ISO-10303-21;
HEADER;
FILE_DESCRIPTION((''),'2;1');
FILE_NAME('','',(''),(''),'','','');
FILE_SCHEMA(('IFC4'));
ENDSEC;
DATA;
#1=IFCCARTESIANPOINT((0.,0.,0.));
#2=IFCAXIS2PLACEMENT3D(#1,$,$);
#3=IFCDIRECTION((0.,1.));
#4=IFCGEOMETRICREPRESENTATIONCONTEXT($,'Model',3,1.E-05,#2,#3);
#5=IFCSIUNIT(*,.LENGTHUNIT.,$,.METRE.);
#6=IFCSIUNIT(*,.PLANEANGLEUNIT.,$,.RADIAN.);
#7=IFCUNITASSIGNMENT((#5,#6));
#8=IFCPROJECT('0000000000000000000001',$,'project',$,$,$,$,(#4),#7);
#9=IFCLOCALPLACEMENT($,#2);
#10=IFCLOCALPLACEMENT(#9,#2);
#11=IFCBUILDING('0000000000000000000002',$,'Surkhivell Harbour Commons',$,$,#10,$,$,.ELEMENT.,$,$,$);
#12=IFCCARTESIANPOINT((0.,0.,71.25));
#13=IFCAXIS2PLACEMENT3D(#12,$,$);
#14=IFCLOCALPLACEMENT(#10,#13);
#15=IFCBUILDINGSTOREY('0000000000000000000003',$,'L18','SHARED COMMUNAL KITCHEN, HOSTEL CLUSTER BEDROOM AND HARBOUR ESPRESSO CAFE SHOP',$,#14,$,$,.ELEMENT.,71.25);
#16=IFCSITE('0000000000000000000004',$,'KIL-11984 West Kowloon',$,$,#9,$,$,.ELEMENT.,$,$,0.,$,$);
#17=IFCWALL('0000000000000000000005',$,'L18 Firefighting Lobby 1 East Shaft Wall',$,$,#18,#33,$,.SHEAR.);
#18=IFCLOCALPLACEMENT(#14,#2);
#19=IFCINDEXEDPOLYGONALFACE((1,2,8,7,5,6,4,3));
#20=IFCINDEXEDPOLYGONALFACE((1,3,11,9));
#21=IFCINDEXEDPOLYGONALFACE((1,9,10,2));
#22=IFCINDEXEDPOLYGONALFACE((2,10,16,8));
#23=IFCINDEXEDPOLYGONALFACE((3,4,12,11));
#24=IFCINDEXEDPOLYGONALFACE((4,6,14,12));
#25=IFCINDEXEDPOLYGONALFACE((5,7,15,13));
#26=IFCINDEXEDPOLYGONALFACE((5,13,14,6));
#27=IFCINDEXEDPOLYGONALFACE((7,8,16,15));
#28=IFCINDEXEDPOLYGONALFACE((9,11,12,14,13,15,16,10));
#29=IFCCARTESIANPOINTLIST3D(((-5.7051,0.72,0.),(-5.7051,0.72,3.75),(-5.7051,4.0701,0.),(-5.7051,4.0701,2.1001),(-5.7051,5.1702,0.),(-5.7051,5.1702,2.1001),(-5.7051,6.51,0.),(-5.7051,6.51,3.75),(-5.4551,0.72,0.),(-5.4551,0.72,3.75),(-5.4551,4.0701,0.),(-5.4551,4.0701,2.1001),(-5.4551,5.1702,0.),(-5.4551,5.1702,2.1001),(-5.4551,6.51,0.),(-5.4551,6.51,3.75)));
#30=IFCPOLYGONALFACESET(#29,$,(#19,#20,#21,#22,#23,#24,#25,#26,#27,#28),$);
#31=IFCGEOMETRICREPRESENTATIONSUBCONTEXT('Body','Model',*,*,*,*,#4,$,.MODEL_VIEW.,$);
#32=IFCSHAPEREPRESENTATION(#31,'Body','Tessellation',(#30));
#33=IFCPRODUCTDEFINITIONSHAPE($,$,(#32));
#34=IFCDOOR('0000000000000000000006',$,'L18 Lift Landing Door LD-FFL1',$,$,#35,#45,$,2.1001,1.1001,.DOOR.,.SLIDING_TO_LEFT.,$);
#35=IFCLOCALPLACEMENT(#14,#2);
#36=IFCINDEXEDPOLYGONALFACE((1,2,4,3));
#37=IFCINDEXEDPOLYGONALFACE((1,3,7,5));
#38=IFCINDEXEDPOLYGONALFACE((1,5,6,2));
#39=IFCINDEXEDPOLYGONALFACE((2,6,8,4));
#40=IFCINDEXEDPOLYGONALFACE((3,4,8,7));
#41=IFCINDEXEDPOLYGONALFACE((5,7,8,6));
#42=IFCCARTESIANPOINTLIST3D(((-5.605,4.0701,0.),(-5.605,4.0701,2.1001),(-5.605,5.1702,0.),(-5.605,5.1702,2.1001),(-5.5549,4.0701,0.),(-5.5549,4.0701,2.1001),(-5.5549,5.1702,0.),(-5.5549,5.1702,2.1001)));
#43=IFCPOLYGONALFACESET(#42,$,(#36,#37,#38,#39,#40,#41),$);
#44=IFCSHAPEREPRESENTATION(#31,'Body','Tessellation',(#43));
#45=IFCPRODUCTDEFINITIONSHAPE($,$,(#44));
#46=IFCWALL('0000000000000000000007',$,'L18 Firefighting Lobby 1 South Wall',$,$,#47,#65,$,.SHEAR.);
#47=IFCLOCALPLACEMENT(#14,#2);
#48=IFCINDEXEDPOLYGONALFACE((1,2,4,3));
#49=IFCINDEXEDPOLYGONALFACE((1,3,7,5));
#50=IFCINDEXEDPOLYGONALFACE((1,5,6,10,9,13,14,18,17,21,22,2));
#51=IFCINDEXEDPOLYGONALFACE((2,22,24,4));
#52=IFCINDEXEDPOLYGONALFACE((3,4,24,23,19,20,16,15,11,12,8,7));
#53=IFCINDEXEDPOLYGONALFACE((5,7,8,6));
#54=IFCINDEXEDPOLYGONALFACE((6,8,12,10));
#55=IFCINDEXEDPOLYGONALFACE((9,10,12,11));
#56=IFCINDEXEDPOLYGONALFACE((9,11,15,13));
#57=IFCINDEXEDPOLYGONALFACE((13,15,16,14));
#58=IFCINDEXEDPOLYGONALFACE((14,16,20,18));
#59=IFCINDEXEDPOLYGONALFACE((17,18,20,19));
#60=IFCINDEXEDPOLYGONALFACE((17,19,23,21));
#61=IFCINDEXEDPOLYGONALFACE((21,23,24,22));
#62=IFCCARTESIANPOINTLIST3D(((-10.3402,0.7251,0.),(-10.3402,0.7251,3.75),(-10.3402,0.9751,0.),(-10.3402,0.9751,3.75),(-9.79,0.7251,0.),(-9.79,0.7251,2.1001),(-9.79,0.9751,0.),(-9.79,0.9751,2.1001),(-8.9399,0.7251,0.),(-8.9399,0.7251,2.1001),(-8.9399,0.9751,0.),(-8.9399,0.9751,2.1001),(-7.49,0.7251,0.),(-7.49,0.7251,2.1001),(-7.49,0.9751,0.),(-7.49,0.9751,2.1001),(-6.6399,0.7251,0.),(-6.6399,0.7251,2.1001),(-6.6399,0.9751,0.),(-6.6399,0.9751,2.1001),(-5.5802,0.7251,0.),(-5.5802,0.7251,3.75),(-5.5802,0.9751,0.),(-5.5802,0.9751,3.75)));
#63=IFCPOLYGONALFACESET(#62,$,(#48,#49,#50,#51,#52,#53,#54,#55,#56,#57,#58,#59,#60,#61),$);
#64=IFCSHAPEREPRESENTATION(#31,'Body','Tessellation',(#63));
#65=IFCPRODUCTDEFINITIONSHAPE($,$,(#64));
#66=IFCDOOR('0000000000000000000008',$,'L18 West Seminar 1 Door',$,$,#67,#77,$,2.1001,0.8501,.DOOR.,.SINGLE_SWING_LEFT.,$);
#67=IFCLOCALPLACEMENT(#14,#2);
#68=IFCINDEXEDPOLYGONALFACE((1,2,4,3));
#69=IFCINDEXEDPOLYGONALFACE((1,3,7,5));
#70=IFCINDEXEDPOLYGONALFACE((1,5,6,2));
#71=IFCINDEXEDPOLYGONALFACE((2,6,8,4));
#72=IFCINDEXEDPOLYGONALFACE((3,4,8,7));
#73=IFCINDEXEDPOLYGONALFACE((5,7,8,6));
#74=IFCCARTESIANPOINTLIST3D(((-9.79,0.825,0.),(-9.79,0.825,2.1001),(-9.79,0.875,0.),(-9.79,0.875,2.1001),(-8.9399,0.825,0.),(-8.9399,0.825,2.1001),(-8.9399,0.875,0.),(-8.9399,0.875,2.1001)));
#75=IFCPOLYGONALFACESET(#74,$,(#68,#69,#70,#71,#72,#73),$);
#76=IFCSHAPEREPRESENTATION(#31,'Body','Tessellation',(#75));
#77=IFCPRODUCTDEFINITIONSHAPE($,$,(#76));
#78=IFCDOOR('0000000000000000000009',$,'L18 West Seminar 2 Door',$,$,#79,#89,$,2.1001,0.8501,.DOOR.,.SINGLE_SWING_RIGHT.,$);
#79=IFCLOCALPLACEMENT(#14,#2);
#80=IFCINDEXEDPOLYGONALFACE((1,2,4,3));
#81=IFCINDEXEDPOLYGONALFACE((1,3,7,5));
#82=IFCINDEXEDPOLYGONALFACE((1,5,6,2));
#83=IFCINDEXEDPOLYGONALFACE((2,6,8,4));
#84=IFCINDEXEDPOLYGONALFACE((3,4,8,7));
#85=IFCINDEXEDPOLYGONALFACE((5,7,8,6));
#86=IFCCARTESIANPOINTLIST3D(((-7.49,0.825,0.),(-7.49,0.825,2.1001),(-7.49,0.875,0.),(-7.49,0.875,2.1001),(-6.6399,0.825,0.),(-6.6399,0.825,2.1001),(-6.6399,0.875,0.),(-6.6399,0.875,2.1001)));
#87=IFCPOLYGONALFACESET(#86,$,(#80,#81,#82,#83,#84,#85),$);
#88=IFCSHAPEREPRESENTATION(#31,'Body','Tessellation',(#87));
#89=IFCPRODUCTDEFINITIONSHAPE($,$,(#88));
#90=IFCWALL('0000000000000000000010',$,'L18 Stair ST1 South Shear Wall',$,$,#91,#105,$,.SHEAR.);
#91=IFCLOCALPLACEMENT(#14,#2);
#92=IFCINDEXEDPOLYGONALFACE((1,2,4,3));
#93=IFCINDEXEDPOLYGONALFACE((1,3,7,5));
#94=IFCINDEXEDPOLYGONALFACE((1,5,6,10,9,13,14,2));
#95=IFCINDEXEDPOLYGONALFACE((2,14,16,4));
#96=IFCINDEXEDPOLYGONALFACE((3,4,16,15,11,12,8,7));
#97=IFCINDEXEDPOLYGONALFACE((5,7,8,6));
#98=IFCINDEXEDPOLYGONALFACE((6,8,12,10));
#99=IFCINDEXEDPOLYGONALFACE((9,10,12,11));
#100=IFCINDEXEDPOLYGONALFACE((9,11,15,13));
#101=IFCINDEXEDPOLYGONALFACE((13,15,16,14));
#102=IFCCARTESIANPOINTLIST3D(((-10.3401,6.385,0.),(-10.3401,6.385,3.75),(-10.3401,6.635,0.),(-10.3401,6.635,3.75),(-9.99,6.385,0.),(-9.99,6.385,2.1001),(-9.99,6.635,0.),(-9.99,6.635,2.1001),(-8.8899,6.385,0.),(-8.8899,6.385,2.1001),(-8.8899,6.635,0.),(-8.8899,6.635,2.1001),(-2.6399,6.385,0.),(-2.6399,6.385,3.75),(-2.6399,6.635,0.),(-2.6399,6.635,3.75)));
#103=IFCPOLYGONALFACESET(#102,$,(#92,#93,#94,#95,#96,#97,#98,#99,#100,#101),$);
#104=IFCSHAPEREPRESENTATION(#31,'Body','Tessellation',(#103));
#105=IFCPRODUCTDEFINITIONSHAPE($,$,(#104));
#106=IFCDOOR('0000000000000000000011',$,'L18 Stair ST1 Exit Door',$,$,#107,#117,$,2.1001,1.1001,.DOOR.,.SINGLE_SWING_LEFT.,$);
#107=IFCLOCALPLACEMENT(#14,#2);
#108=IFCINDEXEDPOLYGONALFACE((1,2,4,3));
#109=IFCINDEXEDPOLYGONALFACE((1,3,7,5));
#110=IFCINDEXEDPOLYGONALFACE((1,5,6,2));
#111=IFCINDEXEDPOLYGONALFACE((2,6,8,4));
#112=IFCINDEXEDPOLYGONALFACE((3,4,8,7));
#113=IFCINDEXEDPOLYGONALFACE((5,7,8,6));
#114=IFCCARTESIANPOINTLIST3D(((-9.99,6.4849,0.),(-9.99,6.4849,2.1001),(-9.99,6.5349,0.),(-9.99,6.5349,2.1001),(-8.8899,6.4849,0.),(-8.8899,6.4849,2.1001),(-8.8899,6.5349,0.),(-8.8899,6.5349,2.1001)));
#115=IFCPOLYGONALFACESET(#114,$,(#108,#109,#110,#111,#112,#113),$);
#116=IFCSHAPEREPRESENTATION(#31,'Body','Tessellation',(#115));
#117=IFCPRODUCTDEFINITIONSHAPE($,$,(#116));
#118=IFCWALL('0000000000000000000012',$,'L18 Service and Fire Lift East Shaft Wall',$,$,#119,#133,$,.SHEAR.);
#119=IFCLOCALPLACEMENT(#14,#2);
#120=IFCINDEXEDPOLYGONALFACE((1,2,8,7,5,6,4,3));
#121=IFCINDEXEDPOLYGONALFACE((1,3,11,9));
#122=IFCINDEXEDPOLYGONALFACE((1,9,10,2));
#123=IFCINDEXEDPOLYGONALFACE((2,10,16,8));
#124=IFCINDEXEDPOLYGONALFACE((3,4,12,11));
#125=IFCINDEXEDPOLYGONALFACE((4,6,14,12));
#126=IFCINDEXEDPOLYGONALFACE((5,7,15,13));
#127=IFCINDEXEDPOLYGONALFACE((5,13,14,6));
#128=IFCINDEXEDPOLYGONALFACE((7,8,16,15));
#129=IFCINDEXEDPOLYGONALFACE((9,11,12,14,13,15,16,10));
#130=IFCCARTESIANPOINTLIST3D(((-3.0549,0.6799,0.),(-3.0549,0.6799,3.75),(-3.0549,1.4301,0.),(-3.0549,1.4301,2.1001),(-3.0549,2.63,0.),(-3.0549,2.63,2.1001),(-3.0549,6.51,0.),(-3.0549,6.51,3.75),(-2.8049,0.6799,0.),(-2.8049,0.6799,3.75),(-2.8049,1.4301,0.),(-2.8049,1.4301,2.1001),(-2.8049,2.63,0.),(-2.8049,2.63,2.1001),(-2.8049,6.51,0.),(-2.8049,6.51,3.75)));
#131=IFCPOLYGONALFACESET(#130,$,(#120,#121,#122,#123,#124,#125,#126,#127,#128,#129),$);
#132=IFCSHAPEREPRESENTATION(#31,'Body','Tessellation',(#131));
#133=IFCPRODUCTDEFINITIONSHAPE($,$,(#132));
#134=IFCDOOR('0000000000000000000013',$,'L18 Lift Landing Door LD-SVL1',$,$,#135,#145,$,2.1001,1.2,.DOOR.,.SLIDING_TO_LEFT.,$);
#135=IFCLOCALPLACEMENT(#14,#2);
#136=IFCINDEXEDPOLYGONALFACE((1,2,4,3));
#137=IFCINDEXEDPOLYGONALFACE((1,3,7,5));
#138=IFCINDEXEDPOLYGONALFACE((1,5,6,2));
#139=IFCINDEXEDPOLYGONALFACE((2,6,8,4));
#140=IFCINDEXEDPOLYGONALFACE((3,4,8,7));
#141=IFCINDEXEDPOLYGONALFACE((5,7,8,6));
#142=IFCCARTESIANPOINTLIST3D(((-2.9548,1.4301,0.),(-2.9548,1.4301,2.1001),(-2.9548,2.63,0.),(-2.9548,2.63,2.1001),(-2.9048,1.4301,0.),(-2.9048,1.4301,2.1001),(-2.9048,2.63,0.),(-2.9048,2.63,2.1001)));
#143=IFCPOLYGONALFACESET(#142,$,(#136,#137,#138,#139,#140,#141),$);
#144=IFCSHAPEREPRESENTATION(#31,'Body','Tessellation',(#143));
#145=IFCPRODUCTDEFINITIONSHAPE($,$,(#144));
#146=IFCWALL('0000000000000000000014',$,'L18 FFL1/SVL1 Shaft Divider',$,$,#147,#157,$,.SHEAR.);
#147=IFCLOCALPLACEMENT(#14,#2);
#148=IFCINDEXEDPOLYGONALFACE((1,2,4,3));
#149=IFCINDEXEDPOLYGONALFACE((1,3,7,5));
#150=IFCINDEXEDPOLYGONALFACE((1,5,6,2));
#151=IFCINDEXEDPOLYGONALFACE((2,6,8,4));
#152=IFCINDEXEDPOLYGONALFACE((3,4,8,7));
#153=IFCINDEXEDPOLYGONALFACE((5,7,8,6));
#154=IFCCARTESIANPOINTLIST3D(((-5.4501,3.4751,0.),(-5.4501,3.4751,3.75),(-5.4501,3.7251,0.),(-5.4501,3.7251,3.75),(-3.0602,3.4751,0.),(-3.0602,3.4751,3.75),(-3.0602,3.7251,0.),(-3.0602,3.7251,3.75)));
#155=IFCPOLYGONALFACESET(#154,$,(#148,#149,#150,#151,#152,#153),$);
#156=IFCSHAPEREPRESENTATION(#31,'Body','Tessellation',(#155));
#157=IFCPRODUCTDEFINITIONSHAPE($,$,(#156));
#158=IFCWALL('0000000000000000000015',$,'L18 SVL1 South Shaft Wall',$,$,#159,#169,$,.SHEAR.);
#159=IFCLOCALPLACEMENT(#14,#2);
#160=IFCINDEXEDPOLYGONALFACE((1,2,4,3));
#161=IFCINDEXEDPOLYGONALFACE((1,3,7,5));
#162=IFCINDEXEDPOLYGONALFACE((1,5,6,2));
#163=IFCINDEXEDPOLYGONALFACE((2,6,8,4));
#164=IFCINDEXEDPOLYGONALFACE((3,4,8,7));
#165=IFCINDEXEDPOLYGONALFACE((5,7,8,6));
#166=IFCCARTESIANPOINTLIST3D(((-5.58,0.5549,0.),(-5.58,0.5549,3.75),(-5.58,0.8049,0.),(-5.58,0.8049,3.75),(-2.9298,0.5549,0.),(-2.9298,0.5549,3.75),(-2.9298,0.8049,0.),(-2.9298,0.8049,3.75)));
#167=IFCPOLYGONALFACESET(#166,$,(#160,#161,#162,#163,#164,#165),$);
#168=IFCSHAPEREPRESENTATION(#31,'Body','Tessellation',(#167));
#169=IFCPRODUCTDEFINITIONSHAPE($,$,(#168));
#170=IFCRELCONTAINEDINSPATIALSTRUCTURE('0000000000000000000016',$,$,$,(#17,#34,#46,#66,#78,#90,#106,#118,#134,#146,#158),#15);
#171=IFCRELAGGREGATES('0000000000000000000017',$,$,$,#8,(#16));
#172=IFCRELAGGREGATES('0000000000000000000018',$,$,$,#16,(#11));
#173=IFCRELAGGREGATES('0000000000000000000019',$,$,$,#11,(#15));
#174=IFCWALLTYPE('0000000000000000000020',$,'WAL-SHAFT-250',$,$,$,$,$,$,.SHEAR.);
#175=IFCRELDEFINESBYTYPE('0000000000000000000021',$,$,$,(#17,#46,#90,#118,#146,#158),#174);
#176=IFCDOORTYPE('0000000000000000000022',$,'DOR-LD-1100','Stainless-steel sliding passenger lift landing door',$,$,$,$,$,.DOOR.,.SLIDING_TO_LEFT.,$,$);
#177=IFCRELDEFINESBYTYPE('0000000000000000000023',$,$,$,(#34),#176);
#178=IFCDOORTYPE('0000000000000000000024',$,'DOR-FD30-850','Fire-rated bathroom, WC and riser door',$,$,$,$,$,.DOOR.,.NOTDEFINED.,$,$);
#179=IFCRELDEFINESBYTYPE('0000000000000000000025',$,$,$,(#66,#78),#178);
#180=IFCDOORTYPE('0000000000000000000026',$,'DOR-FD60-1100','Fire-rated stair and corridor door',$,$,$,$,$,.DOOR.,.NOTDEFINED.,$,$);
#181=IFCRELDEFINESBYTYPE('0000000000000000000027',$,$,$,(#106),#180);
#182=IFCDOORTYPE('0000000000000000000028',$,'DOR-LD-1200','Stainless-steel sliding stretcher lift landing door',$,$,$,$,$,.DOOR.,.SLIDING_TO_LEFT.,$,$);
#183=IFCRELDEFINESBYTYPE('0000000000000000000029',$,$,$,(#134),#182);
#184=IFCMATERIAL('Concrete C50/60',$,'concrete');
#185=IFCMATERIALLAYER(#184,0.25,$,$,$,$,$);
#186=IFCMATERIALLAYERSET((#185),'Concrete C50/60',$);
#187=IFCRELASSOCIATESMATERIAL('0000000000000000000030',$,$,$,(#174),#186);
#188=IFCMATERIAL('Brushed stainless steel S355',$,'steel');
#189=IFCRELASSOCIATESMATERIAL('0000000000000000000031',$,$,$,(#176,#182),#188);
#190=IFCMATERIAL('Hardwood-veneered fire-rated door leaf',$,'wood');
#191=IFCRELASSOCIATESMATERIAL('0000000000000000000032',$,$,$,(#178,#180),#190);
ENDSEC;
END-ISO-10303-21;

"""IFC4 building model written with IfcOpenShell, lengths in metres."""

from ifc_helpers import new_model, si_unit, direction, frame, frame_2d, origin, place, context, subcontext, project, spatial, rectangle, extrude, material, layer, layer_set, type_object, element, fill, save


model = new_model("IFC4")

# Units and contexts
model_context = context("Model", 3, precision=1e-05, world=origin(), true_north=direction((0.0, 1.0)))
body_context = subcontext(model_context, "Body", "Model", "MODEL_VIEW")
ifc_project = project(units=[si_unit("LENGTHUNIT", "METRE"), si_unit("PLANEANGLEUNIT", "RADIAN")], contexts=[model_context])

# Site, building, storey
site_placement = place(None, origin())
site = spatial("IfcSite", under=ifc_project, at=site_placement, Name="KIL-11984 West Kowloon", CompositionType="ELEMENT", RefElevation=0.0)
building_placement = place(site_placement, origin())
building = spatial("IfcBuilding", under=site, at=building_placement, Name="Surkhivell Harbour Commons", CompositionType="ELEMENT")
storey_placement = place(building_placement, frame((0.0, 0.0, 71.25)))
storey = spatial("IfcBuildingStorey", under=building, at=storey_placement, Name="L18", Description="SHARED COMMUNAL KITCHEN, HOSTEL CLUSTER BEDROOM AND HARBOUR ESPRESSO CAFE SHOP", CompositionType="ELEMENT", Elevation=71.25)

# Shared definitions
ifc_material_1 = material(Name="Hardwood-veneered fire-rated door leaf", Category="wood")

# Wall, opening, door
ifc_material_2 = material(Name="Concrete C50/60", Category="concrete")
ifc_layer_1 = layer(ifc_material_2, 0.25)
ifc_layer_set_1 = layer_set([ifc_layer_1], Name="Concrete C50/60")
wall_type_1 = type_object("IfcWallType", Name="WAL-SHAFT-250", PredefinedType="SHEAR", material=ifc_layer_set_1)
wall_1_placement = place(storey_placement, frame((-5.5801, 0.72, 0.0), z_axis=(0.0, 0.0, 1.0), x_axis=(0.0, 1.0, 0.0)))
wall_1 = element("IfcWall", 1, at=wall_1_placement, inside=storey, type_object=wall_type_1, Name="L18 Firefighting Lobby 1 East Shaft Wall", PredefinedType="SHEAR", context=body_context, shape_type="SweptSolid", body=[
    extrude(rectangle(XDim=5.79, YDim=0.25, at=frame_2d((2.895, 0.0))), origin(), (0.0, 0.0, 1.0), 3.75),
])
opening_1_placement = place(wall_1_placement, frame((3.3501, 0.0, 0.0)))
opening_1 = element("IfcOpeningElement", 2, at=opening_1_placement, cuts=wall_1, PredefinedType="OPENING", context=body_context, shape_type="SweptSolid", body=[
    extrude(rectangle(XDim=1.1001, YDim=2.1001, at=frame_2d((0.55, 1.05))), frame((0.0, 0.135, 0.0), z_axis=(0.0, -1.0, 0.0), x_axis=(1.0, 0.0, 0.0)), (0.0, 0.0, 1.0), 0.27),
])
ifc_material_3 = material(Name="Brushed stainless steel S355", Category="steel")
door_type_1 = type_object("IfcDoorType", Name="DOR-LD-1100", Description="Stainless-steel sliding passenger lift landing door", OperationType="SLIDING_TO_LEFT", PredefinedType="DOOR", material=ifc_material_3)
door_1_placement = place(opening_1_placement, origin())
door_1 = element("IfcDoor", 3, at=door_1_placement, inside=storey, type_object=door_type_1, Name="L18 Lift Landing Door LD-FFL1", OperationType="SLIDING_TO_LEFT", OverallHeight=2.1001, OverallWidth=1.1001, PredefinedType="DOOR", context=body_context, shape_type="SweptSolid", body=[
    extrude(rectangle(XDim=1.1001, YDim=2.1001, at=frame_2d((0.55, 1.05))), frame((0.0, 0.0249, 0.0), z_axis=(0.0, -1.0, 0.0), x_axis=(1.0, 0.0, 0.0)), (0.0, 0.0, 1.0), 0.05),
])
fill(opening_1, door_1)

# Wall, openings, doors
wall_2_placement = place(storey_placement, frame((-10.3401, 0.8501, 0.0), z_axis=(0.0, 0.0, 1.0), x_axis=(1.0, 0.0, 0.0)))
wall_2 = element("IfcWall", 4, at=wall_2_placement, inside=storey, type_object=wall_type_1, Name="L18 Firefighting Lobby 1 South Wall", PredefinedType="SHEAR", context=body_context, shape_type="SweptSolid", body=[
    extrude(rectangle(XDim=4.76, YDim=0.25, at=frame_2d((2.3799, 0.0))), origin(), (0.0, 0.0, 1.0), 3.75),
])
opening_2_placement = place(wall_2_placement, frame((0.55, 0.0, 0.0)))
opening_2 = element("IfcOpeningElement", 5, at=opening_2_placement, cuts=wall_2, PredefinedType="OPENING", context=body_context, shape_type="SweptSolid", body=[
    extrude(rectangle(XDim=0.8501, YDim=2.1001, at=frame_2d((0.425, 1.05))), frame((0.0, 0.135, 0.0), z_axis=(0.0, -1.0, 0.0), x_axis=(1.0, 0.0, 0.0)), (0.0, 0.0, 1.0), 0.27),
])
opening_3_placement = place(wall_2_placement, frame((2.8501, 0.0, 0.0)))
opening_3 = element("IfcOpeningElement", 6, at=opening_3_placement, cuts=wall_2, PredefinedType="OPENING", context=body_context, shape_type="SweptSolid", body=[
    extrude(rectangle(XDim=0.8501, YDim=2.1001, at=frame_2d((0.425, 1.05))), frame((0.0, 0.135, 0.0), z_axis=(0.0, -1.0, 0.0), x_axis=(1.0, 0.0, 0.0)), (0.0, 0.0, 1.0), 0.27),
])
door_type_2 = type_object("IfcDoorType", Name="DOR-FD30-850", Description="Fire-rated bathroom, WC and riser door", OperationType="NOTDEFINED", PredefinedType="DOOR", material=ifc_material_1)
door_2_placement = place(opening_2_placement, origin())
door_2 = element("IfcDoor", 7, at=door_2_placement, inside=storey, type_object=door_type_2, Name="L18 West Seminar 1 Door", OperationType="SINGLE_SWING_LEFT", OverallHeight=2.1001, OverallWidth=0.8501, PredefinedType="DOOR", context=body_context, shape_type="SweptSolid", body=[
    extrude(rectangle(XDim=0.8501, YDim=2.1001, at=frame_2d((0.425, 1.05))), frame((0.0, 0.0249, 0.0), z_axis=(0.0, -1.0, 0.0), x_axis=(1.0, 0.0, 0.0)), (0.0, 0.0, 1.0), 0.05),
])
fill(opening_2, door_2)
door_3_placement = place(opening_3_placement, origin())
door_3 = element("IfcDoor", 8, at=door_3_placement, inside=storey, type_object=door_type_2, Name="L18 West Seminar 2 Door", OperationType="SINGLE_SWING_RIGHT", OverallHeight=2.1001, OverallWidth=0.8501, PredefinedType="DOOR", context=body_context, shape_type="SweptSolid", body=[
    extrude(rectangle(XDim=0.8501, YDim=2.1001, at=frame_2d((0.425, 1.05))), frame((0.0, 0.0249, 0.0), z_axis=(0.0, -1.0, 0.0), x_axis=(1.0, 0.0, 0.0)), (0.0, 0.0, 1.0), 0.05),
])
fill(opening_3, door_3)

# Walls, openings, doors
wall_3_placement = place(storey_placement, frame((-10.3401, 6.51, 0.0), z_axis=(0.0, 0.0, 1.0), x_axis=(1.0, 0.0, 0.0)))
wall_3 = element("IfcWall", 9, at=wall_3_placement, inside=storey, type_object=wall_type_1, Name="L18 Stair ST1 South Shear Wall", PredefinedType="SHEAR", context=body_context, shape_type="SweptSolid", body=[
    extrude(rectangle(XDim=7.7002, YDim=0.25, at=frame_2d((3.8501, 0.0))), origin(), (0.0, 0.0, 1.0), 3.75),
])
opening_4_placement = place(wall_3_placement, frame((0.3501, 0.0, 0.0)))
opening_4 = element("IfcOpeningElement", 10, at=opening_4_placement, cuts=wall_3, PredefinedType="OPENING", context=body_context, shape_type="SweptSolid", body=[
    extrude(rectangle(XDim=1.1001, YDim=2.1001, at=frame_2d((0.55, 1.05))), frame((0.0, 0.135, 0.0), z_axis=(0.0, -1.0, 0.0), x_axis=(1.0, 0.0, 0.0)), (0.0, 0.0, 1.0), 0.27),
])
door_type_3 = type_object("IfcDoorType", Name="DOR-FD60-1100", Description="Fire-rated stair and corridor door", OperationType="NOTDEFINED", PredefinedType="DOOR", material=ifc_material_1)
door_4_placement = place(opening_4_placement, origin())
door_4 = element("IfcDoor", 11, at=door_4_placement, inside=storey, type_object=door_type_3, Name="L18 Stair ST1 Exit Door", OperationType="SINGLE_SWING_LEFT", OverallHeight=2.1001, OverallWidth=1.1001, PredefinedType="DOOR", context=body_context, shape_type="SweptSolid", body=[
    extrude(rectangle(XDim=1.1001, YDim=2.1001, at=frame_2d((0.55, 1.05))), frame((0.0, 0.0249, 0.0), z_axis=(0.0, -1.0, 0.0), x_axis=(1.0, 0.0, 0.0)), (0.0, 0.0, 1.0), 0.05),
])
fill(opening_4, door_4)
wall_4_placement = place(storey_placement, frame((-2.9299, 0.6799, 0.0), z_axis=(0.0, 0.0, 1.0), x_axis=(0.0, 1.0, 0.0)))
wall_4 = element("IfcWall", 12, at=wall_4_placement, inside=storey, type_object=wall_type_1, Name="L18 Service and Fire Lift East Shaft Wall", PredefinedType="SHEAR", context=body_context, shape_type="SweptSolid", body=[
    extrude(rectangle(XDim=5.8301, YDim=0.25, at=frame_2d((2.915, 0.0))), origin(), (0.0, 0.0, 1.0), 3.75),
])
opening_5_placement = place(wall_4_placement, frame((0.75, 0.0, 0.0)))
opening_5 = element("IfcOpeningElement", 13, at=opening_5_placement, cuts=wall_4, PredefinedType="OPENING", context=body_context, shape_type="SweptSolid", body=[
    extrude(rectangle(XDim=1.2, YDim=2.1001, at=frame_2d((0.6001, 1.05))), frame((0.0, 0.135, 0.0), z_axis=(0.0, -1.0, 0.0), x_axis=(1.0, 0.0, 0.0)), (0.0, 0.0, 1.0), 0.27),
])
door_type_4 = type_object("IfcDoorType", Name="DOR-LD-1200", Description="Stainless-steel sliding stretcher lift landing door", OperationType="SLIDING_TO_LEFT", PredefinedType="DOOR", material=ifc_material_3)
door_5_placement = place(opening_5_placement, origin())
door_5 = element("IfcDoor", 14, at=door_5_placement, inside=storey, type_object=door_type_4, Name="L18 Lift Landing Door LD-SVL1", OperationType="SLIDING_TO_LEFT", OverallHeight=2.1001, OverallWidth=1.2, PredefinedType="DOOR", context=body_context, shape_type="SweptSolid", body=[
    extrude(rectangle(XDim=1.2, YDim=2.1001, at=frame_2d((0.6001, 1.05))), frame((0.0, 0.0249, 0.0), z_axis=(0.0, -1.0, 0.0), x_axis=(1.0, 0.0, 0.0)), (0.0, 0.0, 1.0), 0.05),
])
fill(opening_5, door_5)

# Walls
wall_5_placement = place(storey_placement, frame((-5.45, 3.6001, 0.0), z_axis=(0.0, 0.0, 1.0), x_axis=(1.0, 0.0, 0.0)))
element("IfcWall", 15, at=wall_5_placement, inside=storey, type_object=wall_type_1, Name="L18 FFL1/SVL1 Shaft Divider", PredefinedType="SHEAR", context=body_context, shape_type="SweptSolid", body=[
    extrude(rectangle(XDim=2.3899, YDim=0.25, at=frame_2d((1.1948, 0.0))), origin(), (0.0, 0.0, 1.0), 3.75),
])
wall_6_placement = place(storey_placement, frame((-5.5801, 0.6799, 0.0), z_axis=(0.0, 0.0, 1.0), x_axis=(1.0, 0.0, 0.0)))
element("IfcWall", 16, at=wall_6_placement, inside=storey, type_object=wall_type_1, Name="L18 SVL1 South Shaft Wall", PredefinedType="SHEAR", context=body_context, shape_type="SweptSolid", body=[
    extrude(rectangle(XDim=2.6501, YDim=0.25, at=frame_2d((1.3252, 0.0))), origin(), (0.0, 0.0, 1.0), 3.75),
])

save(model, "model.ifc")
